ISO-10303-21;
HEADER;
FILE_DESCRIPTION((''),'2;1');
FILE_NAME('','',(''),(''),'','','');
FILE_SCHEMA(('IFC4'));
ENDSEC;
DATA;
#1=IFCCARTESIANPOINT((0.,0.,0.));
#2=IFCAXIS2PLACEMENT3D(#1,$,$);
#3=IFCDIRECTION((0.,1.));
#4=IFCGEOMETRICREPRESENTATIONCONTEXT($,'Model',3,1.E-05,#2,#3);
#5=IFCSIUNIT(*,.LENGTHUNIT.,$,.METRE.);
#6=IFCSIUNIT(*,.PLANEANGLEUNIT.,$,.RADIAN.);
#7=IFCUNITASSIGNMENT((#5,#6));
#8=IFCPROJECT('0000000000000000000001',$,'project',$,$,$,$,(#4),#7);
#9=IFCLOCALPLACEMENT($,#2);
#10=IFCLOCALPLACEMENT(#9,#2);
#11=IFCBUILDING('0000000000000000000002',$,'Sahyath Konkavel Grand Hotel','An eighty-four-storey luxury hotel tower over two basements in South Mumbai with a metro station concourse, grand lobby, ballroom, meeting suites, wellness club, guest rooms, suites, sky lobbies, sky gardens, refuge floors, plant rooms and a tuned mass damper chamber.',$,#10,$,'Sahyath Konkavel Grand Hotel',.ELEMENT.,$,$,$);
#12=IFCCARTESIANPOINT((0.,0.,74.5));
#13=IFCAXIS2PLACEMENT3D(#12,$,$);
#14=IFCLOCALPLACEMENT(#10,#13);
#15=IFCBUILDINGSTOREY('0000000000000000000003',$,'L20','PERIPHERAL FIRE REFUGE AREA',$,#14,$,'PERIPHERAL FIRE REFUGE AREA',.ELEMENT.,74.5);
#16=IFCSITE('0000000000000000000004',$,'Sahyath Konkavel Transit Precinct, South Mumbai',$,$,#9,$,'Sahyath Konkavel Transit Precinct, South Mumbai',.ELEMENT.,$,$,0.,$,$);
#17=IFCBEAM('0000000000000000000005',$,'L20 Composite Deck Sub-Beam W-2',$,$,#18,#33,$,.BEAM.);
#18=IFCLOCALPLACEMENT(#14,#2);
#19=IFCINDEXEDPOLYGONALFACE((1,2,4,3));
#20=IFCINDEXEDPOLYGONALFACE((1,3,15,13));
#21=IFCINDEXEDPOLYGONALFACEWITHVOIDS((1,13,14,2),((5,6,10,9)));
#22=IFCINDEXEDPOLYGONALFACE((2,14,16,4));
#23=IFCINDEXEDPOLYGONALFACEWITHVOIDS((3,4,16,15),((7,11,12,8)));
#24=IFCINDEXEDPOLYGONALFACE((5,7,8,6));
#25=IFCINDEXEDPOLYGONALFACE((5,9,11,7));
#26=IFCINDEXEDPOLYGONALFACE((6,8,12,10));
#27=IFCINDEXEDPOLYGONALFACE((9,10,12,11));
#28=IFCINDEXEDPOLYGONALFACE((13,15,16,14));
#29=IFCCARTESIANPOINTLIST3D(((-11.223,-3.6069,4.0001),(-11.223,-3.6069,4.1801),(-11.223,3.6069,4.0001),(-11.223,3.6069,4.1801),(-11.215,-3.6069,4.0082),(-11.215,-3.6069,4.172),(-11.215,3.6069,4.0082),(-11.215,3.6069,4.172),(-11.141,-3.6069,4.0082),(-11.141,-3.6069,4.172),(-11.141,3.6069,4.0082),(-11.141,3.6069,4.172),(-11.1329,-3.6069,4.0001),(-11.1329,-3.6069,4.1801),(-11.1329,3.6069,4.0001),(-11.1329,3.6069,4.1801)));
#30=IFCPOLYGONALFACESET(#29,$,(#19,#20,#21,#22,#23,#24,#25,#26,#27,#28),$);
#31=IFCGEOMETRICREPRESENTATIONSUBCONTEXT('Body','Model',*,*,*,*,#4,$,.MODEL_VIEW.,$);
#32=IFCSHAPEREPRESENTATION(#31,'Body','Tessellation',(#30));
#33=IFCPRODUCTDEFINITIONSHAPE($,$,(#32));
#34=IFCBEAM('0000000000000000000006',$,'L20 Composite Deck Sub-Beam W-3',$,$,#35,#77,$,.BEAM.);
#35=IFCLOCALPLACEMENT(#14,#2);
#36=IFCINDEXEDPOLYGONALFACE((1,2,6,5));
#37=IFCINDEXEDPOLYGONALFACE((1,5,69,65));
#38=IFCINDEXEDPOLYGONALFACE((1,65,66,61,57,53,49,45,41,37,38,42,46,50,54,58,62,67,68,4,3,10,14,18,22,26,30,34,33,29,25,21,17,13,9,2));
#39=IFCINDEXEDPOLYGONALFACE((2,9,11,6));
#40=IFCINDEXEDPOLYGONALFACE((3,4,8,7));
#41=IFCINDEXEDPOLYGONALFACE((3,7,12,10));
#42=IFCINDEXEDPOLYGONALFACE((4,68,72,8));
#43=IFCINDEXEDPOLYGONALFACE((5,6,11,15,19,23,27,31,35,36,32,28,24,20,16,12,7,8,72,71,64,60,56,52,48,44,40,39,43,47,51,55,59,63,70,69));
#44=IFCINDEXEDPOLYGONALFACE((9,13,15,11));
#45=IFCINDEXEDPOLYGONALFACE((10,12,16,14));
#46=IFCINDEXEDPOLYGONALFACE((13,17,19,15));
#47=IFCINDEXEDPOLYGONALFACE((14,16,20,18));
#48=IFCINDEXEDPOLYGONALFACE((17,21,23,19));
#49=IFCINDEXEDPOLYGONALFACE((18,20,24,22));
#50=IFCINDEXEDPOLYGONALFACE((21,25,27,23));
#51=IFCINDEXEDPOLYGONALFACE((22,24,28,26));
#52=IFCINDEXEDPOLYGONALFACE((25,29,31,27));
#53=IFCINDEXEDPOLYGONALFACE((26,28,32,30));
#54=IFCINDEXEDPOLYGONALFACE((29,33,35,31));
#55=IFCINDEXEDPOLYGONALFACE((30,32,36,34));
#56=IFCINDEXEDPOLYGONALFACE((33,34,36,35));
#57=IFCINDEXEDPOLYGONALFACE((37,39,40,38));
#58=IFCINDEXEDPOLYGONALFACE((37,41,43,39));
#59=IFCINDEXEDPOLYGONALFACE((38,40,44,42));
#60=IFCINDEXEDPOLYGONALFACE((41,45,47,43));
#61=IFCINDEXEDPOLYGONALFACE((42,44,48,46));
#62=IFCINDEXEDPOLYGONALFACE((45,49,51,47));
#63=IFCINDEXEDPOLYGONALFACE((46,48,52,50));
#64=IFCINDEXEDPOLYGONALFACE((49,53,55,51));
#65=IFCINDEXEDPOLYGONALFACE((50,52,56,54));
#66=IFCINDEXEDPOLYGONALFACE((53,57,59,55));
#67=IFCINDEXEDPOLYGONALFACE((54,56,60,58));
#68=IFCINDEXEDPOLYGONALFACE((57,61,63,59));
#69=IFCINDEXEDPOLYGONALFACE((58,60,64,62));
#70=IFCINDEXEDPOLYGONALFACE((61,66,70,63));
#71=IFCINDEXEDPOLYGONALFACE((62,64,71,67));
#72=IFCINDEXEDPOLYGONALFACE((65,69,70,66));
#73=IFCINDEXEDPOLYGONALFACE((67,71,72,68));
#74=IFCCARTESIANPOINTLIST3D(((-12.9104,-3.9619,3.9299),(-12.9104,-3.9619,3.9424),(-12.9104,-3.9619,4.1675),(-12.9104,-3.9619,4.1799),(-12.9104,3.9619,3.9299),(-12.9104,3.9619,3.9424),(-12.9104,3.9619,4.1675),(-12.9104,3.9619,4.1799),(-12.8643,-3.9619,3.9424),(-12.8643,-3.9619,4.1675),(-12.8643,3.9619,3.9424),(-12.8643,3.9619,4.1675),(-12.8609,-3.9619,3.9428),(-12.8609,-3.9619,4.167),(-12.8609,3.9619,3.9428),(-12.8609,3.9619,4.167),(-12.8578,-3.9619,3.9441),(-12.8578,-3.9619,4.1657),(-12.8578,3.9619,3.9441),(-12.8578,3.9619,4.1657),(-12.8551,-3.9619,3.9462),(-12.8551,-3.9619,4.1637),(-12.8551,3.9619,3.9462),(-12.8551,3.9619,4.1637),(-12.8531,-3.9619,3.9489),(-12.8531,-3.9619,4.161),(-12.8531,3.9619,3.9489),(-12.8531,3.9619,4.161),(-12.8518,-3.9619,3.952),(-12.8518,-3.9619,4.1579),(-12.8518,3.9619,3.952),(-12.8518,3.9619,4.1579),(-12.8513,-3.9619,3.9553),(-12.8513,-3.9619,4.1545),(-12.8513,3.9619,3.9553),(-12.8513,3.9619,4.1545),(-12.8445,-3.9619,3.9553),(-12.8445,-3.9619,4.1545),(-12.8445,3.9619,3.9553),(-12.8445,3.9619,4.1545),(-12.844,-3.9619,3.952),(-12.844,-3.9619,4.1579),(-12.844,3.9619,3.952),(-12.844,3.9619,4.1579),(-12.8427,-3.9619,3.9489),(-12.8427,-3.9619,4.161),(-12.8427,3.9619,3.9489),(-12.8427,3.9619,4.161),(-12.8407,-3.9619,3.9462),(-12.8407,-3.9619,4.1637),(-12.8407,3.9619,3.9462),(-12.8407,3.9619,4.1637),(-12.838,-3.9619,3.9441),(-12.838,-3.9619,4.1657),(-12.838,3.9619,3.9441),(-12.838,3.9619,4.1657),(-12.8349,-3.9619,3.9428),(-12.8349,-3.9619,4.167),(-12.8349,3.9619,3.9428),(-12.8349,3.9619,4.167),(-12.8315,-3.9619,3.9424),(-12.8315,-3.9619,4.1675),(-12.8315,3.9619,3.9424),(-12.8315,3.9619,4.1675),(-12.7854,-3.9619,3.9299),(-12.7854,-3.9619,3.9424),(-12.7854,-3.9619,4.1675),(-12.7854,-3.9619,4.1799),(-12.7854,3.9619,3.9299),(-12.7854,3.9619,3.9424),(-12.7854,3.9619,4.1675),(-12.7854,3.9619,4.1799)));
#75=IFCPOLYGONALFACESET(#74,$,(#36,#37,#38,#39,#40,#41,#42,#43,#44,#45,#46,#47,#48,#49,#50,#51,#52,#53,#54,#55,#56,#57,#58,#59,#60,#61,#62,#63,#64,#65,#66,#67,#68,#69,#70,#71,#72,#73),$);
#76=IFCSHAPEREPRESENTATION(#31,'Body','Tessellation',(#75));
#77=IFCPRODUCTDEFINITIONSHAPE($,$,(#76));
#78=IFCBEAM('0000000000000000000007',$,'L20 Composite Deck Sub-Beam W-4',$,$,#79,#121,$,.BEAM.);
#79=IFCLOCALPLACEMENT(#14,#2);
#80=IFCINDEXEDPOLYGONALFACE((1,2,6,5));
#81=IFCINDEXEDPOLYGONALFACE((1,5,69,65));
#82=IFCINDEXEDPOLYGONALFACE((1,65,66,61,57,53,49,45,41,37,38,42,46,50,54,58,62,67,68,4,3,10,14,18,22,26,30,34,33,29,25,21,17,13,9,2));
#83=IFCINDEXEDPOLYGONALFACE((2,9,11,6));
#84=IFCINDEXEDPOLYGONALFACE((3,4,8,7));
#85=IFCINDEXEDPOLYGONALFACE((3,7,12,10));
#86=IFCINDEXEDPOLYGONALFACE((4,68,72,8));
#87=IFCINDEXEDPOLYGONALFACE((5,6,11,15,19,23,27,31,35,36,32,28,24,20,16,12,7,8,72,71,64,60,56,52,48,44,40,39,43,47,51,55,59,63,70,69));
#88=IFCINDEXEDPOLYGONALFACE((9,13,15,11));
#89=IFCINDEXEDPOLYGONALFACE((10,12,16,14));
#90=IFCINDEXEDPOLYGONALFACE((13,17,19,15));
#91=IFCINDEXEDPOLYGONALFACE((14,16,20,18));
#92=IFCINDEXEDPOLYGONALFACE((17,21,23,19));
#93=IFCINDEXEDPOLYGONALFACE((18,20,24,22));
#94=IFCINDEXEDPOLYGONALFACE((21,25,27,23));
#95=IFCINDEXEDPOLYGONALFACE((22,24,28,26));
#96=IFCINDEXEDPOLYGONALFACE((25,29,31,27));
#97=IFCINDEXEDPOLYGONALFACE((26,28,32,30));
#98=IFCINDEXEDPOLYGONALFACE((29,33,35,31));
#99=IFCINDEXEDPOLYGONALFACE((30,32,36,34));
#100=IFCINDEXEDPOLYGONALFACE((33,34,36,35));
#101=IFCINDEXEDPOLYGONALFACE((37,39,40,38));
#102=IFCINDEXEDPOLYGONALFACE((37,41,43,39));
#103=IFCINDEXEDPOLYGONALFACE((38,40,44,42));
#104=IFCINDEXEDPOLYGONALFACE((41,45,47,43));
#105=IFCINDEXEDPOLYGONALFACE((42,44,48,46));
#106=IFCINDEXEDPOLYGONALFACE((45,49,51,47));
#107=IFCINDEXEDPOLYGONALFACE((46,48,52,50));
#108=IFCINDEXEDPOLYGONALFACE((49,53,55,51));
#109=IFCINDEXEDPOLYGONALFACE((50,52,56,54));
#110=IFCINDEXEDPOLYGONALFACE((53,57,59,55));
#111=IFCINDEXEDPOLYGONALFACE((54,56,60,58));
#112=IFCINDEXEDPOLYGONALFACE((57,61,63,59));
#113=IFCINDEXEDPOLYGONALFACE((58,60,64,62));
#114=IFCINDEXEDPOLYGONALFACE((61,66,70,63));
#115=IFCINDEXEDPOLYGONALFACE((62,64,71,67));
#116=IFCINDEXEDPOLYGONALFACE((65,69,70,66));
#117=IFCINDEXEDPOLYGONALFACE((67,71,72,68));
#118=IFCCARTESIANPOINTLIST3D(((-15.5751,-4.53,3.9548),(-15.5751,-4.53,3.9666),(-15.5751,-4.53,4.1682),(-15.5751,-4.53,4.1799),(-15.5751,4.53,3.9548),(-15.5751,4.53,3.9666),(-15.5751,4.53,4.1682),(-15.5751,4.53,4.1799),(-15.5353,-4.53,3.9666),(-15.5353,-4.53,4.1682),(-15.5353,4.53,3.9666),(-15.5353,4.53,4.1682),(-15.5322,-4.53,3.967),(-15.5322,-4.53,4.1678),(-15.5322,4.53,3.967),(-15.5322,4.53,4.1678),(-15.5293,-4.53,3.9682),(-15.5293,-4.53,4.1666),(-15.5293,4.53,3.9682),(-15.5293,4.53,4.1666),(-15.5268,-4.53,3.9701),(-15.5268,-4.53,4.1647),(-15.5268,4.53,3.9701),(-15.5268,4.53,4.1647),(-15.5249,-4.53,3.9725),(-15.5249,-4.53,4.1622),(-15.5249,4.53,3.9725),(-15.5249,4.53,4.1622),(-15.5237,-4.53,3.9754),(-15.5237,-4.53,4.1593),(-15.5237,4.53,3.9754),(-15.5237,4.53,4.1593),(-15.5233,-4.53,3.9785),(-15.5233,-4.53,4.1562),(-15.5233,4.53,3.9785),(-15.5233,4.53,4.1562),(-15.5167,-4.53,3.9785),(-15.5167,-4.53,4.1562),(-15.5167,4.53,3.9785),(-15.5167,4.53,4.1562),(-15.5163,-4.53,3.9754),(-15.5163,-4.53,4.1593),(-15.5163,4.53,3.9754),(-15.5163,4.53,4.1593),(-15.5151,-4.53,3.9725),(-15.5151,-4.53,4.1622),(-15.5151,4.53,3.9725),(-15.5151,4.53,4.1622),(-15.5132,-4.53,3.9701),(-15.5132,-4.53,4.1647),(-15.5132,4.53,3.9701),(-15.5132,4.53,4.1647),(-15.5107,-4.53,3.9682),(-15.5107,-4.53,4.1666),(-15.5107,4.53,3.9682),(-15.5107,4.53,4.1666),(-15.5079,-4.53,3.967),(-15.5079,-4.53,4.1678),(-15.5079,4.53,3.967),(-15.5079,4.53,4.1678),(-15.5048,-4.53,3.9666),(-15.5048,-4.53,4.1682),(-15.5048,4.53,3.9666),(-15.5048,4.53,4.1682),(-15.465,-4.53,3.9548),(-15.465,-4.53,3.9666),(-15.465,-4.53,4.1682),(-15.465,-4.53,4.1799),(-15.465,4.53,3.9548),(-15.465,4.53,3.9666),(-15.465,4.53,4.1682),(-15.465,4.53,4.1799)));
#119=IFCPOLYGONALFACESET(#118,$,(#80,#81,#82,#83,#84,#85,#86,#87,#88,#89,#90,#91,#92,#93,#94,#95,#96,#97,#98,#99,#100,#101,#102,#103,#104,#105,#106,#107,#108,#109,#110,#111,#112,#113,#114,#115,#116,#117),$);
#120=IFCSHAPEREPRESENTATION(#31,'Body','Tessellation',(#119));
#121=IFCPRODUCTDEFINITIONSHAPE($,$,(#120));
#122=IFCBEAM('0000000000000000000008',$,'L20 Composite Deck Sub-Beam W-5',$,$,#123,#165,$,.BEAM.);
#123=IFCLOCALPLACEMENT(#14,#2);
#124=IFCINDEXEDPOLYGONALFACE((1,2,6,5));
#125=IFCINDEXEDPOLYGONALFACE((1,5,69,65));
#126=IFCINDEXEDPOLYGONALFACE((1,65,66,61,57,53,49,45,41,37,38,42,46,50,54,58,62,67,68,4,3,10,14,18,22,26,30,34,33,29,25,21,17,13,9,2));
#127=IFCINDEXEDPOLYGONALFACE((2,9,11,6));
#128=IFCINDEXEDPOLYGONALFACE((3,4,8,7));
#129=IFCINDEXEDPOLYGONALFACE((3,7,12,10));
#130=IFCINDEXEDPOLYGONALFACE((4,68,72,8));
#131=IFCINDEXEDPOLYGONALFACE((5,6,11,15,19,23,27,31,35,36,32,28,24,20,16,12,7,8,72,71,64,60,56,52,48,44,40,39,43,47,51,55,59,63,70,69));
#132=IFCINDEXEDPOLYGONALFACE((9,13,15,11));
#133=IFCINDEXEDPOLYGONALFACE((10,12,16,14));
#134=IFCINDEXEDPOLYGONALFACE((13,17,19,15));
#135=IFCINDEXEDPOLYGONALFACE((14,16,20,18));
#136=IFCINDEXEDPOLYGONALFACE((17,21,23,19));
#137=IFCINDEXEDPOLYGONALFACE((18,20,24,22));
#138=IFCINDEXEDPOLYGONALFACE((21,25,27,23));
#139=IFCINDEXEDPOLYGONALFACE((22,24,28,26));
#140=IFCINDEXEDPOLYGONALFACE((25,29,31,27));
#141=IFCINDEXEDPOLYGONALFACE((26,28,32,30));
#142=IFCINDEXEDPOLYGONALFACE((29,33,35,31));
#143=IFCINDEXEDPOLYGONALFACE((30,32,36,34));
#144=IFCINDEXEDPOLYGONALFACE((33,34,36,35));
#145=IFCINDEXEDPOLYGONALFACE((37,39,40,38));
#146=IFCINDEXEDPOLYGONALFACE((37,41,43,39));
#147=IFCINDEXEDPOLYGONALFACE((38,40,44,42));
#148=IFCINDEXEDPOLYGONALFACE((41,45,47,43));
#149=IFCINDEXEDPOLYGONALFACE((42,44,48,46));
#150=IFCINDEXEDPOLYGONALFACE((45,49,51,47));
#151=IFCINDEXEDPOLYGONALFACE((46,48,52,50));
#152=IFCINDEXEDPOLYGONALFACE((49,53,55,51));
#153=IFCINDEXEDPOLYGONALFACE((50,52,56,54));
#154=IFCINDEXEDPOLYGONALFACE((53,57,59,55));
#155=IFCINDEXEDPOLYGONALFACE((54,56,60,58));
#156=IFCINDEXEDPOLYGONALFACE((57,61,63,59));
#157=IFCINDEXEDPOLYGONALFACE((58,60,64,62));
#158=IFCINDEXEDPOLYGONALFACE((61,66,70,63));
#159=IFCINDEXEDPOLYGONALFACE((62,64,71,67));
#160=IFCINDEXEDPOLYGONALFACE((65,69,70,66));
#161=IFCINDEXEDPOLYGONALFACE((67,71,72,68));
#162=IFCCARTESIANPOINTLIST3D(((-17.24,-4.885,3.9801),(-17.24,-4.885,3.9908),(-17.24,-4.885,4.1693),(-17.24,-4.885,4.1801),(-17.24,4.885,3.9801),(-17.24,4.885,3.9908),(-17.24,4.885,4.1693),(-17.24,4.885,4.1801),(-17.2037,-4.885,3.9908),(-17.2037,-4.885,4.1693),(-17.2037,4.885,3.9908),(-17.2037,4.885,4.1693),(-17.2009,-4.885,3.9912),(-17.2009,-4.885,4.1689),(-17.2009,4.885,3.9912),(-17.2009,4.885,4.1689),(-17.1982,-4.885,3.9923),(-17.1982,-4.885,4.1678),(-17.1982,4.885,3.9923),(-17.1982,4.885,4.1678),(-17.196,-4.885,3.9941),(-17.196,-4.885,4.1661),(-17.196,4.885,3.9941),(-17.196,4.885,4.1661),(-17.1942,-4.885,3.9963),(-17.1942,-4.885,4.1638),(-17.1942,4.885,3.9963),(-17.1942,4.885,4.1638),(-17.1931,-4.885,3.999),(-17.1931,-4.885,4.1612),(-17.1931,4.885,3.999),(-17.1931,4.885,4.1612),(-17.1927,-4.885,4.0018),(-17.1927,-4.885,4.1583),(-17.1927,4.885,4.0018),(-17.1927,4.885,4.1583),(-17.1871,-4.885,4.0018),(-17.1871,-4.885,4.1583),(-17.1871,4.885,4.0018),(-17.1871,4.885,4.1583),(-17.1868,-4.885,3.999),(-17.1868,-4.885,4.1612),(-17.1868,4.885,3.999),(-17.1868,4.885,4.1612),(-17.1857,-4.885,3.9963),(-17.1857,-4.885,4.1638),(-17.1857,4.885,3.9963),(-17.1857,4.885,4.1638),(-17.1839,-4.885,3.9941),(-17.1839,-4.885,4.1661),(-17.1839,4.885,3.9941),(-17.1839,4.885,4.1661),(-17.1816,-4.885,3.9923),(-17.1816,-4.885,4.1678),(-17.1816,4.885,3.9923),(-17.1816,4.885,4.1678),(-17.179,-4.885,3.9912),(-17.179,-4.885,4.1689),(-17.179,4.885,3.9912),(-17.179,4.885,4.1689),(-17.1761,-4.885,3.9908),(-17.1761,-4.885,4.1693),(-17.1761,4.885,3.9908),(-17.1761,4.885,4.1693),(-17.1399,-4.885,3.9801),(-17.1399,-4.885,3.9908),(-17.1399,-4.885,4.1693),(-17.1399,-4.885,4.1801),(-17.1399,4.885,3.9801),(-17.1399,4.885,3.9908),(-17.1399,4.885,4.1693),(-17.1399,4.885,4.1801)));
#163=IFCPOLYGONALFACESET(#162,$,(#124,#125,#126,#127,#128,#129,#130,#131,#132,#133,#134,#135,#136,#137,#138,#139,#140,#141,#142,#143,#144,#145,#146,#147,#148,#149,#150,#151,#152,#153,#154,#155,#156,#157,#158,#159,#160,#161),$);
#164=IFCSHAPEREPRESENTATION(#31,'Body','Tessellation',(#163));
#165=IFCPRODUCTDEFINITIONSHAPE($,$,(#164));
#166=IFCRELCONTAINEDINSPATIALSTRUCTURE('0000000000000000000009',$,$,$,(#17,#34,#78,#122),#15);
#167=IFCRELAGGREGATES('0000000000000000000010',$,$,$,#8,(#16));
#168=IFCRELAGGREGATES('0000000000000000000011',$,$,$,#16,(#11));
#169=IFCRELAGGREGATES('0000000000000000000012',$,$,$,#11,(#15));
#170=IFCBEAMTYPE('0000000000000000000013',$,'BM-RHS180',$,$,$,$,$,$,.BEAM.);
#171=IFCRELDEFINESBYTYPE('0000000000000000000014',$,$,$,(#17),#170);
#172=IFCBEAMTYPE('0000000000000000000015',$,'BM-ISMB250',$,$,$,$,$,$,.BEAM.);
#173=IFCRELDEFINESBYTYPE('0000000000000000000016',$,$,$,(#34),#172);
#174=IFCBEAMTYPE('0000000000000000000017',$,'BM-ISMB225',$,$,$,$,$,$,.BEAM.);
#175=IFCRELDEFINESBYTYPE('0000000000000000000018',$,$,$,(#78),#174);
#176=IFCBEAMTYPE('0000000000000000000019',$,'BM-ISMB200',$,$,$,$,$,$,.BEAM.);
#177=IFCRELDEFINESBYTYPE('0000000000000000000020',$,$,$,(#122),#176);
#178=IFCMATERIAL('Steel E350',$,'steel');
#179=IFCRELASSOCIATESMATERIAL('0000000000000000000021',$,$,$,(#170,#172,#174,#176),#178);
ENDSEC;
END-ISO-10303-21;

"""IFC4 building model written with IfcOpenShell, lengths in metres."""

from ifc_helpers import new_model, si_unit, direction, frame, origin, origin_2d, place, context, subcontext, project, spatial, hollow_rectangle, i_section, extrude, source, transform, mapped, material, material_profile, profile_set, type_object, element, save


model = new_model("IFC4")

# Units and contexts
model_context = context("Model", 3, precision=1e-05, world=origin(), true_north=direction((0.0, 1.0)))
body_context = subcontext(model_context, "Body", "Model", "MODEL_VIEW")
ifc_project = project(units=[si_unit("LENGTHUNIT", "METRE"), si_unit("PLANEANGLEUNIT", "RADIAN")], contexts=[model_context])

# Site, building, storey
site_placement = place(None, origin())
site = spatial("IfcSite", under=ifc_project, at=site_placement, Name="Sahyath Konkavel Transit Precinct, South Mumbai", LongName="Sahyath Konkavel Transit Precinct, South Mumbai", CompositionType="ELEMENT", RefElevation=0.0)
building_placement = place(site_placement, origin())
building = spatial("IfcBuilding", under=site, at=building_placement, Name="Sahyath Konkavel Grand Hotel", Description="An eighty-four-storey luxury hotel tower over two basements in South Mumbai with a metro station concourse, grand lobby, ballroom, meeting suites, wellness club, guest rooms, suites, sky lobbies, sky gardens, refuge floors, plant rooms and a tuned mass damper chamber.", LongName="Sahyath Konkavel Grand Hotel", CompositionType="ELEMENT")
storey_placement = place(building_placement, frame((0.0, 0.0, 74.5)))
storey = spatial("IfcBuildingStorey", under=building, at=storey_placement, Name="L20", Description="PERIPHERAL FIRE REFUGE AREA", LongName="PERIPHERAL FIRE REFUGE AREA", CompositionType="ELEMENT", Elevation=74.5)

# Shared definitions
ifc_material_1 = material(Name="Steel E350", Category="steel")

# Beams
ifc_material_profile_1 = material_profile(ifc_material_1, hollow_rectangle(XDim=0.0901, YDim=0.1799, WallThickness=0.0081, at=origin_2d()), Name="RHS 180x90x8")
ifc_profile_set_1 = profile_set([ifc_material_profile_1], Name="Steel E350")
beam_type_1 = type_object("IfcBeamType", Name="BM-RHS180", PredefinedType="BEAM", material=ifc_profile_set_1)
shared_shape_1 = source(origin(), body_context, "Body", "SweptSolid", [
    extrude(hollow_rectangle(XDim=0.0901, YDim=0.1799, WallThickness=0.0081, at=origin_2d()), origin(), (0.0, 0.0, 1.0), 7.2139),
])
beam_1_placement = place(storey_placement, frame((-11.178, 3.6069, 4.0901), z_axis=(0.0, -1.0, 0.0), x_axis=(1.0, 0.0, 0.0)))
element("IfcBeam", 1, at=beam_1_placement, inside=storey, type_object=beam_type_1, Name="L20 Composite Deck Sub-Beam W-2", PredefinedType="BEAM", context=body_context, shape_type="MappedRepresentation", body=[
    mapped(shared_shape_1, transform((0.0, 0.0, 0.0), scale=1.0)),
])
ifc_material_profile_2 = material_profile(ifc_material_1, i_section(OverallWidth=0.125, OverallDepth=0.25, WebThickness=0.0068, FlangeThickness=0.0125, FilletRadius=0.0129, at=origin_2d()), Name="ISMB 250")
ifc_profile_set_2 = profile_set([ifc_material_profile_2], Name="Steel E350")
beam_type_2 = type_object("IfcBeamType", Name="BM-ISMB250", PredefinedType="BEAM", material=ifc_profile_set_2)
shared_shape_2 = source(origin(), body_context, "Body", "SweptSolid", [
    extrude(i_section(OverallWidth=0.125, OverallDepth=0.25, WebThickness=0.0068, FlangeThickness=0.0125, FilletRadius=0.0129, at=origin_2d()), origin(), (0.0, 0.0, 1.0), 7.9238),
])
beam_2_placement = place(storey_placement, frame((-12.8479, 3.9619, 4.0549), z_axis=(0.0, -1.0, 0.0), x_axis=(1.0, 0.0, 0.0)))
element("IfcBeam", 2, at=beam_2_placement, inside=storey, type_object=beam_type_2, Name="L20 Composite Deck Sub-Beam W-3", PredefinedType="BEAM", context=body_context, shape_type="MappedRepresentation", body=[
    mapped(shared_shape_2, transform((0.0, 0.0, 0.0), scale=1.0)),
])
ifc_material_profile_3 = material_profile(ifc_material_1, i_section(OverallWidth=0.1101, OverallDepth=0.2251, WebThickness=0.0066, FlangeThickness=0.0117, FilletRadius=0.012, at=origin_2d()), Name="ISMB 225")
ifc_profile_set_3 = profile_set([ifc_material_profile_3], Name="Steel E350")
beam_type_3 = type_object("IfcBeamType", Name="BM-ISMB225", PredefinedType="BEAM", material=ifc_profile_set_3)
shared_shape_3 = source(origin(), body_context, "Body", "SweptSolid", [
    extrude(i_section(OverallWidth=0.1101, OverallDepth=0.2251, WebThickness=0.0066, FlangeThickness=0.0117, FilletRadius=0.012, at=origin_2d()), origin(), (0.0, 0.0, 1.0), 9.0601),
])
beam_3_placement = place(storey_placement, frame((-15.52, 4.53, 4.0674), z_axis=(0.0, -1.0, 0.0), x_axis=(1.0, 0.0, 0.0)))
element("IfcBeam", 3, at=beam_3_placement, inside=storey, type_object=beam_type_3, Name="L20 Composite Deck Sub-Beam W-4", PredefinedType="BEAM", context=body_context, shape_type="MappedRepresentation", body=[
    mapped(shared_shape_3, transform((0.0, 0.0, 0.0), scale=1.0)),
])
ifc_material_profile_4 = material_profile(ifc_material_1, i_section(OverallWidth=0.1001, OverallDepth=0.2, WebThickness=0.0056, FlangeThickness=0.0107, FilletRadius=0.011, at=origin_2d()), Name="ISMB 200")
ifc_profile_set_4 = profile_set([ifc_material_profile_4], Name="Steel E350")
beam_type_4 = type_object("IfcBeamType", Name="BM-ISMB200", PredefinedType="BEAM", material=ifc_profile_set_4)
shared_shape_4 = source(origin(), body_context, "Body", "SweptSolid", [
    extrude(i_section(OverallWidth=0.1001, OverallDepth=0.2, WebThickness=0.0056, FlangeThickness=0.0107, FilletRadius=0.011, at=origin_2d()), origin(), (0.0, 0.0, 1.0), 9.77),
])
beam_4_placement = place(storey_placement, frame((-17.1899, 4.885, 4.0801), z_axis=(0.0, -1.0, 0.0), x_axis=(1.0, 0.0, 0.0)))
element("IfcBeam", 4, at=beam_4_placement, inside=storey, type_object=beam_type_4, Name="L20 Composite Deck Sub-Beam W-5", PredefinedType="BEAM", context=body_context, shape_type="MappedRepresentation", body=[
    mapped(shared_shape_4, transform((0.0, 0.0, 0.0), scale=1.0)),
])

save(model, "model.ifc")
